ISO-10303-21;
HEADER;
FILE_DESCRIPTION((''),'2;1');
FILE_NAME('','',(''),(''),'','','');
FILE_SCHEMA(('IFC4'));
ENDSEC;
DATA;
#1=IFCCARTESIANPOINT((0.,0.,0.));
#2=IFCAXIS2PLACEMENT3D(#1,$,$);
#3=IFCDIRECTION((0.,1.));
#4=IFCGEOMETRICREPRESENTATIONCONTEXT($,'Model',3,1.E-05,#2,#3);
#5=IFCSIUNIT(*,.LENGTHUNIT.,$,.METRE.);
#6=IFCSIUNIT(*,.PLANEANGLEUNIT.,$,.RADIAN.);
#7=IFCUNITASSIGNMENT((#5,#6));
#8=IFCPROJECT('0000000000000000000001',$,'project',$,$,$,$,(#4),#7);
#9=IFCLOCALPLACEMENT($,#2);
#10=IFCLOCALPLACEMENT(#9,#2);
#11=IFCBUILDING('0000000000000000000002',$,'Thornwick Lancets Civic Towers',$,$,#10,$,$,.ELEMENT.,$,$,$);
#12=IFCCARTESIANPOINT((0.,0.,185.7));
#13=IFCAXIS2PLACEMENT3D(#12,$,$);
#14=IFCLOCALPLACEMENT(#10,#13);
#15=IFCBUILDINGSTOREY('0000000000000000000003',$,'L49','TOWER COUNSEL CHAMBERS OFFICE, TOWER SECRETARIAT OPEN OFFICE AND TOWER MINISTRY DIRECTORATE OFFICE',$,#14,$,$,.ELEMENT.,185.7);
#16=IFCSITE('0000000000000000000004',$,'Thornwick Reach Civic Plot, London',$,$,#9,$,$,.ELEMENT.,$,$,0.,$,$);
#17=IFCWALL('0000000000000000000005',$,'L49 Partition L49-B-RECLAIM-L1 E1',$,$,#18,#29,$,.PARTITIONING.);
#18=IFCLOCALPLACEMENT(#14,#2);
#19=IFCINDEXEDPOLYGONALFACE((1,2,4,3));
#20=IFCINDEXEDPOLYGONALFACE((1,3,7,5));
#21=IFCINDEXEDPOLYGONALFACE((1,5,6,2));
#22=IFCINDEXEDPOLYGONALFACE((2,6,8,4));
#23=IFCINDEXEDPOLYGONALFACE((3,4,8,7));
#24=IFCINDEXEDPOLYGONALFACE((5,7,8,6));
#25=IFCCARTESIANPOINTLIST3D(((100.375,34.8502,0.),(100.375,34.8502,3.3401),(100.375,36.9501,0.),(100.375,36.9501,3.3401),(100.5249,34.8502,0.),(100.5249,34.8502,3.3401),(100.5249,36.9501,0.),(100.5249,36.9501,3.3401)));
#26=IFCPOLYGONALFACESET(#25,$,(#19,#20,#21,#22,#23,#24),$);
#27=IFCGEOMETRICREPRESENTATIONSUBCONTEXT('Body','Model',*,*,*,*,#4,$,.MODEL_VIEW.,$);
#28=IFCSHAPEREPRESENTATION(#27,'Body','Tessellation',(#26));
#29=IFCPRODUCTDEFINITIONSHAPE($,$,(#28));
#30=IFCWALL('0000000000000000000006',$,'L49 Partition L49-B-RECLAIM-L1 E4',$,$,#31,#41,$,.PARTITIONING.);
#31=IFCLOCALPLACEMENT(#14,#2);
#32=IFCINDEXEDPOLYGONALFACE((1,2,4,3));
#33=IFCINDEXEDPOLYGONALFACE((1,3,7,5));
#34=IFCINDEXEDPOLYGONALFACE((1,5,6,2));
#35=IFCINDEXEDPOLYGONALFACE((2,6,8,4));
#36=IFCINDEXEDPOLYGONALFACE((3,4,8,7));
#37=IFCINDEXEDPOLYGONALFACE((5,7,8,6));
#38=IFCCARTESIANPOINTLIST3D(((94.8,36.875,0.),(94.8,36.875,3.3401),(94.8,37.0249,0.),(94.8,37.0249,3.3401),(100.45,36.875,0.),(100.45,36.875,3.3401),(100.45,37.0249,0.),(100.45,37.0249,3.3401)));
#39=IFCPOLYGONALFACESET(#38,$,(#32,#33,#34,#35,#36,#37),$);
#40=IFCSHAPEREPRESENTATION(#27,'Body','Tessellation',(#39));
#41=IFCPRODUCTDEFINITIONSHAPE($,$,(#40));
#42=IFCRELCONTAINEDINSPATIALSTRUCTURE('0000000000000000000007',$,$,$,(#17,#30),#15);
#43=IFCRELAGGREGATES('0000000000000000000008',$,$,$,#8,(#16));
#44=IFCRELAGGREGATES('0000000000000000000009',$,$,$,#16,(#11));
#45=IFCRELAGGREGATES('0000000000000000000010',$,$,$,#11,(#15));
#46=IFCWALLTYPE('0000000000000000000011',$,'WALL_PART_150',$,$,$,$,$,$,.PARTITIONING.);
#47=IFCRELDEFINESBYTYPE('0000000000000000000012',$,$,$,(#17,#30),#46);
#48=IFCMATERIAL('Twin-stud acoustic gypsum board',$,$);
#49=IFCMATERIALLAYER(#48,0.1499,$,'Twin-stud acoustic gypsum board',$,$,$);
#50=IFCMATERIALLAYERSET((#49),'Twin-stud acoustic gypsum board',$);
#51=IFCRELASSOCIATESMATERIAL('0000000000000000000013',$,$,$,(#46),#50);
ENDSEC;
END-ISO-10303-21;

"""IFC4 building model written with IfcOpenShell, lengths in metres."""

from ifc_helpers import new_model, si_unit, direction, frame, frame_2d, origin, place, context, subcontext, project, spatial, rectangle, extrude, material, layer, layer_set, type_object, element, save


model = new_model("IFC4")

# Units and contexts
model_context = context("Model", 3, precision=1e-05, world=origin(), true_north=direction((0.0, 1.0)))
body_context = subcontext(model_context, "Body", "Model", "MODEL_VIEW")
ifc_project = project(units=[si_unit("LENGTHUNIT", "METRE"), si_unit("PLANEANGLEUNIT", "RADIAN")], contexts=[model_context])

# Site, building, storey
site_placement = place(None, origin())
site = spatial("IfcSite", under=ifc_project, at=site_placement, Name="Thornwick Reach Civic Plot, London", CompositionType="ELEMENT", RefElevation=0.0)
building_placement = place(site_placement, origin())
building = spatial("IfcBuilding", under=site, at=building_placement, Name="Thornwick Lancets Civic Towers", CompositionType="ELEMENT")
storey_placement = place(building_placement, frame((0.0, 0.0, 185.7)))
storey = spatial("IfcBuildingStorey", under=building, at=storey_placement, Name="L49", Description="TOWER COUNSEL CHAMBERS OFFICE, TOWER SECRETARIAT OPEN OFFICE AND TOWER MINISTRY DIRECTORATE OFFICE", CompositionType="ELEMENT", Elevation=185.7)

# Walls
ifc_material_1 = material(Name="Twin-stud acoustic gypsum board")
ifc_layer_1 = layer(ifc_material_1, 0.1499, Name="Twin-stud acoustic gypsum board")
ifc_layer_set_1 = layer_set([ifc_layer_1], Name="Twin-stud acoustic gypsum board")
wall_type_1 = type_object("IfcWallType", Name="WALL_PART_150", PredefinedType="PARTITIONING", material=ifc_layer_set_1)
wall_1_placement = place(storey_placement, frame((100.45, 36.95, 0.0), z_axis=(0.0, 0.0, 1.0), x_axis=(0.0, -1.0, 0.0)))
element("IfcWall", 1, at=wall_1_placement, inside=storey, type_object=wall_type_1, Name="L49 Partition L49-B-RECLAIM-L1 E1", PredefinedType="PARTITIONING", context=body_context, shape_type="SweptSolid", body=[
    extrude(rectangle(XDim=2.0999, YDim=0.1499, at=frame_2d((1.0498, 0.0))), origin(), (0.0, 0.0, 1.0), 3.3401),
])
wall_2_placement = place(storey_placement, frame((94.8, 36.95, 0.0), z_axis=(0.0, 0.0, 1.0), x_axis=(1.0, 0.0, 0.0)))
element("IfcWall", 2, at=wall_2_placement, inside=storey, type_object=wall_type_1, Name="L49 Partition L49-B-RECLAIM-L1 E4", PredefinedType="PARTITIONING", context=body_context, shape_type="SweptSolid", body=[
    extrude(rectangle(XDim=5.6499, YDim=0.1499, at=frame_2d((2.825, 0.0))), origin(), (0.0, 0.0, 1.0), 3.3401),
])

save(model, "model.ifc")
